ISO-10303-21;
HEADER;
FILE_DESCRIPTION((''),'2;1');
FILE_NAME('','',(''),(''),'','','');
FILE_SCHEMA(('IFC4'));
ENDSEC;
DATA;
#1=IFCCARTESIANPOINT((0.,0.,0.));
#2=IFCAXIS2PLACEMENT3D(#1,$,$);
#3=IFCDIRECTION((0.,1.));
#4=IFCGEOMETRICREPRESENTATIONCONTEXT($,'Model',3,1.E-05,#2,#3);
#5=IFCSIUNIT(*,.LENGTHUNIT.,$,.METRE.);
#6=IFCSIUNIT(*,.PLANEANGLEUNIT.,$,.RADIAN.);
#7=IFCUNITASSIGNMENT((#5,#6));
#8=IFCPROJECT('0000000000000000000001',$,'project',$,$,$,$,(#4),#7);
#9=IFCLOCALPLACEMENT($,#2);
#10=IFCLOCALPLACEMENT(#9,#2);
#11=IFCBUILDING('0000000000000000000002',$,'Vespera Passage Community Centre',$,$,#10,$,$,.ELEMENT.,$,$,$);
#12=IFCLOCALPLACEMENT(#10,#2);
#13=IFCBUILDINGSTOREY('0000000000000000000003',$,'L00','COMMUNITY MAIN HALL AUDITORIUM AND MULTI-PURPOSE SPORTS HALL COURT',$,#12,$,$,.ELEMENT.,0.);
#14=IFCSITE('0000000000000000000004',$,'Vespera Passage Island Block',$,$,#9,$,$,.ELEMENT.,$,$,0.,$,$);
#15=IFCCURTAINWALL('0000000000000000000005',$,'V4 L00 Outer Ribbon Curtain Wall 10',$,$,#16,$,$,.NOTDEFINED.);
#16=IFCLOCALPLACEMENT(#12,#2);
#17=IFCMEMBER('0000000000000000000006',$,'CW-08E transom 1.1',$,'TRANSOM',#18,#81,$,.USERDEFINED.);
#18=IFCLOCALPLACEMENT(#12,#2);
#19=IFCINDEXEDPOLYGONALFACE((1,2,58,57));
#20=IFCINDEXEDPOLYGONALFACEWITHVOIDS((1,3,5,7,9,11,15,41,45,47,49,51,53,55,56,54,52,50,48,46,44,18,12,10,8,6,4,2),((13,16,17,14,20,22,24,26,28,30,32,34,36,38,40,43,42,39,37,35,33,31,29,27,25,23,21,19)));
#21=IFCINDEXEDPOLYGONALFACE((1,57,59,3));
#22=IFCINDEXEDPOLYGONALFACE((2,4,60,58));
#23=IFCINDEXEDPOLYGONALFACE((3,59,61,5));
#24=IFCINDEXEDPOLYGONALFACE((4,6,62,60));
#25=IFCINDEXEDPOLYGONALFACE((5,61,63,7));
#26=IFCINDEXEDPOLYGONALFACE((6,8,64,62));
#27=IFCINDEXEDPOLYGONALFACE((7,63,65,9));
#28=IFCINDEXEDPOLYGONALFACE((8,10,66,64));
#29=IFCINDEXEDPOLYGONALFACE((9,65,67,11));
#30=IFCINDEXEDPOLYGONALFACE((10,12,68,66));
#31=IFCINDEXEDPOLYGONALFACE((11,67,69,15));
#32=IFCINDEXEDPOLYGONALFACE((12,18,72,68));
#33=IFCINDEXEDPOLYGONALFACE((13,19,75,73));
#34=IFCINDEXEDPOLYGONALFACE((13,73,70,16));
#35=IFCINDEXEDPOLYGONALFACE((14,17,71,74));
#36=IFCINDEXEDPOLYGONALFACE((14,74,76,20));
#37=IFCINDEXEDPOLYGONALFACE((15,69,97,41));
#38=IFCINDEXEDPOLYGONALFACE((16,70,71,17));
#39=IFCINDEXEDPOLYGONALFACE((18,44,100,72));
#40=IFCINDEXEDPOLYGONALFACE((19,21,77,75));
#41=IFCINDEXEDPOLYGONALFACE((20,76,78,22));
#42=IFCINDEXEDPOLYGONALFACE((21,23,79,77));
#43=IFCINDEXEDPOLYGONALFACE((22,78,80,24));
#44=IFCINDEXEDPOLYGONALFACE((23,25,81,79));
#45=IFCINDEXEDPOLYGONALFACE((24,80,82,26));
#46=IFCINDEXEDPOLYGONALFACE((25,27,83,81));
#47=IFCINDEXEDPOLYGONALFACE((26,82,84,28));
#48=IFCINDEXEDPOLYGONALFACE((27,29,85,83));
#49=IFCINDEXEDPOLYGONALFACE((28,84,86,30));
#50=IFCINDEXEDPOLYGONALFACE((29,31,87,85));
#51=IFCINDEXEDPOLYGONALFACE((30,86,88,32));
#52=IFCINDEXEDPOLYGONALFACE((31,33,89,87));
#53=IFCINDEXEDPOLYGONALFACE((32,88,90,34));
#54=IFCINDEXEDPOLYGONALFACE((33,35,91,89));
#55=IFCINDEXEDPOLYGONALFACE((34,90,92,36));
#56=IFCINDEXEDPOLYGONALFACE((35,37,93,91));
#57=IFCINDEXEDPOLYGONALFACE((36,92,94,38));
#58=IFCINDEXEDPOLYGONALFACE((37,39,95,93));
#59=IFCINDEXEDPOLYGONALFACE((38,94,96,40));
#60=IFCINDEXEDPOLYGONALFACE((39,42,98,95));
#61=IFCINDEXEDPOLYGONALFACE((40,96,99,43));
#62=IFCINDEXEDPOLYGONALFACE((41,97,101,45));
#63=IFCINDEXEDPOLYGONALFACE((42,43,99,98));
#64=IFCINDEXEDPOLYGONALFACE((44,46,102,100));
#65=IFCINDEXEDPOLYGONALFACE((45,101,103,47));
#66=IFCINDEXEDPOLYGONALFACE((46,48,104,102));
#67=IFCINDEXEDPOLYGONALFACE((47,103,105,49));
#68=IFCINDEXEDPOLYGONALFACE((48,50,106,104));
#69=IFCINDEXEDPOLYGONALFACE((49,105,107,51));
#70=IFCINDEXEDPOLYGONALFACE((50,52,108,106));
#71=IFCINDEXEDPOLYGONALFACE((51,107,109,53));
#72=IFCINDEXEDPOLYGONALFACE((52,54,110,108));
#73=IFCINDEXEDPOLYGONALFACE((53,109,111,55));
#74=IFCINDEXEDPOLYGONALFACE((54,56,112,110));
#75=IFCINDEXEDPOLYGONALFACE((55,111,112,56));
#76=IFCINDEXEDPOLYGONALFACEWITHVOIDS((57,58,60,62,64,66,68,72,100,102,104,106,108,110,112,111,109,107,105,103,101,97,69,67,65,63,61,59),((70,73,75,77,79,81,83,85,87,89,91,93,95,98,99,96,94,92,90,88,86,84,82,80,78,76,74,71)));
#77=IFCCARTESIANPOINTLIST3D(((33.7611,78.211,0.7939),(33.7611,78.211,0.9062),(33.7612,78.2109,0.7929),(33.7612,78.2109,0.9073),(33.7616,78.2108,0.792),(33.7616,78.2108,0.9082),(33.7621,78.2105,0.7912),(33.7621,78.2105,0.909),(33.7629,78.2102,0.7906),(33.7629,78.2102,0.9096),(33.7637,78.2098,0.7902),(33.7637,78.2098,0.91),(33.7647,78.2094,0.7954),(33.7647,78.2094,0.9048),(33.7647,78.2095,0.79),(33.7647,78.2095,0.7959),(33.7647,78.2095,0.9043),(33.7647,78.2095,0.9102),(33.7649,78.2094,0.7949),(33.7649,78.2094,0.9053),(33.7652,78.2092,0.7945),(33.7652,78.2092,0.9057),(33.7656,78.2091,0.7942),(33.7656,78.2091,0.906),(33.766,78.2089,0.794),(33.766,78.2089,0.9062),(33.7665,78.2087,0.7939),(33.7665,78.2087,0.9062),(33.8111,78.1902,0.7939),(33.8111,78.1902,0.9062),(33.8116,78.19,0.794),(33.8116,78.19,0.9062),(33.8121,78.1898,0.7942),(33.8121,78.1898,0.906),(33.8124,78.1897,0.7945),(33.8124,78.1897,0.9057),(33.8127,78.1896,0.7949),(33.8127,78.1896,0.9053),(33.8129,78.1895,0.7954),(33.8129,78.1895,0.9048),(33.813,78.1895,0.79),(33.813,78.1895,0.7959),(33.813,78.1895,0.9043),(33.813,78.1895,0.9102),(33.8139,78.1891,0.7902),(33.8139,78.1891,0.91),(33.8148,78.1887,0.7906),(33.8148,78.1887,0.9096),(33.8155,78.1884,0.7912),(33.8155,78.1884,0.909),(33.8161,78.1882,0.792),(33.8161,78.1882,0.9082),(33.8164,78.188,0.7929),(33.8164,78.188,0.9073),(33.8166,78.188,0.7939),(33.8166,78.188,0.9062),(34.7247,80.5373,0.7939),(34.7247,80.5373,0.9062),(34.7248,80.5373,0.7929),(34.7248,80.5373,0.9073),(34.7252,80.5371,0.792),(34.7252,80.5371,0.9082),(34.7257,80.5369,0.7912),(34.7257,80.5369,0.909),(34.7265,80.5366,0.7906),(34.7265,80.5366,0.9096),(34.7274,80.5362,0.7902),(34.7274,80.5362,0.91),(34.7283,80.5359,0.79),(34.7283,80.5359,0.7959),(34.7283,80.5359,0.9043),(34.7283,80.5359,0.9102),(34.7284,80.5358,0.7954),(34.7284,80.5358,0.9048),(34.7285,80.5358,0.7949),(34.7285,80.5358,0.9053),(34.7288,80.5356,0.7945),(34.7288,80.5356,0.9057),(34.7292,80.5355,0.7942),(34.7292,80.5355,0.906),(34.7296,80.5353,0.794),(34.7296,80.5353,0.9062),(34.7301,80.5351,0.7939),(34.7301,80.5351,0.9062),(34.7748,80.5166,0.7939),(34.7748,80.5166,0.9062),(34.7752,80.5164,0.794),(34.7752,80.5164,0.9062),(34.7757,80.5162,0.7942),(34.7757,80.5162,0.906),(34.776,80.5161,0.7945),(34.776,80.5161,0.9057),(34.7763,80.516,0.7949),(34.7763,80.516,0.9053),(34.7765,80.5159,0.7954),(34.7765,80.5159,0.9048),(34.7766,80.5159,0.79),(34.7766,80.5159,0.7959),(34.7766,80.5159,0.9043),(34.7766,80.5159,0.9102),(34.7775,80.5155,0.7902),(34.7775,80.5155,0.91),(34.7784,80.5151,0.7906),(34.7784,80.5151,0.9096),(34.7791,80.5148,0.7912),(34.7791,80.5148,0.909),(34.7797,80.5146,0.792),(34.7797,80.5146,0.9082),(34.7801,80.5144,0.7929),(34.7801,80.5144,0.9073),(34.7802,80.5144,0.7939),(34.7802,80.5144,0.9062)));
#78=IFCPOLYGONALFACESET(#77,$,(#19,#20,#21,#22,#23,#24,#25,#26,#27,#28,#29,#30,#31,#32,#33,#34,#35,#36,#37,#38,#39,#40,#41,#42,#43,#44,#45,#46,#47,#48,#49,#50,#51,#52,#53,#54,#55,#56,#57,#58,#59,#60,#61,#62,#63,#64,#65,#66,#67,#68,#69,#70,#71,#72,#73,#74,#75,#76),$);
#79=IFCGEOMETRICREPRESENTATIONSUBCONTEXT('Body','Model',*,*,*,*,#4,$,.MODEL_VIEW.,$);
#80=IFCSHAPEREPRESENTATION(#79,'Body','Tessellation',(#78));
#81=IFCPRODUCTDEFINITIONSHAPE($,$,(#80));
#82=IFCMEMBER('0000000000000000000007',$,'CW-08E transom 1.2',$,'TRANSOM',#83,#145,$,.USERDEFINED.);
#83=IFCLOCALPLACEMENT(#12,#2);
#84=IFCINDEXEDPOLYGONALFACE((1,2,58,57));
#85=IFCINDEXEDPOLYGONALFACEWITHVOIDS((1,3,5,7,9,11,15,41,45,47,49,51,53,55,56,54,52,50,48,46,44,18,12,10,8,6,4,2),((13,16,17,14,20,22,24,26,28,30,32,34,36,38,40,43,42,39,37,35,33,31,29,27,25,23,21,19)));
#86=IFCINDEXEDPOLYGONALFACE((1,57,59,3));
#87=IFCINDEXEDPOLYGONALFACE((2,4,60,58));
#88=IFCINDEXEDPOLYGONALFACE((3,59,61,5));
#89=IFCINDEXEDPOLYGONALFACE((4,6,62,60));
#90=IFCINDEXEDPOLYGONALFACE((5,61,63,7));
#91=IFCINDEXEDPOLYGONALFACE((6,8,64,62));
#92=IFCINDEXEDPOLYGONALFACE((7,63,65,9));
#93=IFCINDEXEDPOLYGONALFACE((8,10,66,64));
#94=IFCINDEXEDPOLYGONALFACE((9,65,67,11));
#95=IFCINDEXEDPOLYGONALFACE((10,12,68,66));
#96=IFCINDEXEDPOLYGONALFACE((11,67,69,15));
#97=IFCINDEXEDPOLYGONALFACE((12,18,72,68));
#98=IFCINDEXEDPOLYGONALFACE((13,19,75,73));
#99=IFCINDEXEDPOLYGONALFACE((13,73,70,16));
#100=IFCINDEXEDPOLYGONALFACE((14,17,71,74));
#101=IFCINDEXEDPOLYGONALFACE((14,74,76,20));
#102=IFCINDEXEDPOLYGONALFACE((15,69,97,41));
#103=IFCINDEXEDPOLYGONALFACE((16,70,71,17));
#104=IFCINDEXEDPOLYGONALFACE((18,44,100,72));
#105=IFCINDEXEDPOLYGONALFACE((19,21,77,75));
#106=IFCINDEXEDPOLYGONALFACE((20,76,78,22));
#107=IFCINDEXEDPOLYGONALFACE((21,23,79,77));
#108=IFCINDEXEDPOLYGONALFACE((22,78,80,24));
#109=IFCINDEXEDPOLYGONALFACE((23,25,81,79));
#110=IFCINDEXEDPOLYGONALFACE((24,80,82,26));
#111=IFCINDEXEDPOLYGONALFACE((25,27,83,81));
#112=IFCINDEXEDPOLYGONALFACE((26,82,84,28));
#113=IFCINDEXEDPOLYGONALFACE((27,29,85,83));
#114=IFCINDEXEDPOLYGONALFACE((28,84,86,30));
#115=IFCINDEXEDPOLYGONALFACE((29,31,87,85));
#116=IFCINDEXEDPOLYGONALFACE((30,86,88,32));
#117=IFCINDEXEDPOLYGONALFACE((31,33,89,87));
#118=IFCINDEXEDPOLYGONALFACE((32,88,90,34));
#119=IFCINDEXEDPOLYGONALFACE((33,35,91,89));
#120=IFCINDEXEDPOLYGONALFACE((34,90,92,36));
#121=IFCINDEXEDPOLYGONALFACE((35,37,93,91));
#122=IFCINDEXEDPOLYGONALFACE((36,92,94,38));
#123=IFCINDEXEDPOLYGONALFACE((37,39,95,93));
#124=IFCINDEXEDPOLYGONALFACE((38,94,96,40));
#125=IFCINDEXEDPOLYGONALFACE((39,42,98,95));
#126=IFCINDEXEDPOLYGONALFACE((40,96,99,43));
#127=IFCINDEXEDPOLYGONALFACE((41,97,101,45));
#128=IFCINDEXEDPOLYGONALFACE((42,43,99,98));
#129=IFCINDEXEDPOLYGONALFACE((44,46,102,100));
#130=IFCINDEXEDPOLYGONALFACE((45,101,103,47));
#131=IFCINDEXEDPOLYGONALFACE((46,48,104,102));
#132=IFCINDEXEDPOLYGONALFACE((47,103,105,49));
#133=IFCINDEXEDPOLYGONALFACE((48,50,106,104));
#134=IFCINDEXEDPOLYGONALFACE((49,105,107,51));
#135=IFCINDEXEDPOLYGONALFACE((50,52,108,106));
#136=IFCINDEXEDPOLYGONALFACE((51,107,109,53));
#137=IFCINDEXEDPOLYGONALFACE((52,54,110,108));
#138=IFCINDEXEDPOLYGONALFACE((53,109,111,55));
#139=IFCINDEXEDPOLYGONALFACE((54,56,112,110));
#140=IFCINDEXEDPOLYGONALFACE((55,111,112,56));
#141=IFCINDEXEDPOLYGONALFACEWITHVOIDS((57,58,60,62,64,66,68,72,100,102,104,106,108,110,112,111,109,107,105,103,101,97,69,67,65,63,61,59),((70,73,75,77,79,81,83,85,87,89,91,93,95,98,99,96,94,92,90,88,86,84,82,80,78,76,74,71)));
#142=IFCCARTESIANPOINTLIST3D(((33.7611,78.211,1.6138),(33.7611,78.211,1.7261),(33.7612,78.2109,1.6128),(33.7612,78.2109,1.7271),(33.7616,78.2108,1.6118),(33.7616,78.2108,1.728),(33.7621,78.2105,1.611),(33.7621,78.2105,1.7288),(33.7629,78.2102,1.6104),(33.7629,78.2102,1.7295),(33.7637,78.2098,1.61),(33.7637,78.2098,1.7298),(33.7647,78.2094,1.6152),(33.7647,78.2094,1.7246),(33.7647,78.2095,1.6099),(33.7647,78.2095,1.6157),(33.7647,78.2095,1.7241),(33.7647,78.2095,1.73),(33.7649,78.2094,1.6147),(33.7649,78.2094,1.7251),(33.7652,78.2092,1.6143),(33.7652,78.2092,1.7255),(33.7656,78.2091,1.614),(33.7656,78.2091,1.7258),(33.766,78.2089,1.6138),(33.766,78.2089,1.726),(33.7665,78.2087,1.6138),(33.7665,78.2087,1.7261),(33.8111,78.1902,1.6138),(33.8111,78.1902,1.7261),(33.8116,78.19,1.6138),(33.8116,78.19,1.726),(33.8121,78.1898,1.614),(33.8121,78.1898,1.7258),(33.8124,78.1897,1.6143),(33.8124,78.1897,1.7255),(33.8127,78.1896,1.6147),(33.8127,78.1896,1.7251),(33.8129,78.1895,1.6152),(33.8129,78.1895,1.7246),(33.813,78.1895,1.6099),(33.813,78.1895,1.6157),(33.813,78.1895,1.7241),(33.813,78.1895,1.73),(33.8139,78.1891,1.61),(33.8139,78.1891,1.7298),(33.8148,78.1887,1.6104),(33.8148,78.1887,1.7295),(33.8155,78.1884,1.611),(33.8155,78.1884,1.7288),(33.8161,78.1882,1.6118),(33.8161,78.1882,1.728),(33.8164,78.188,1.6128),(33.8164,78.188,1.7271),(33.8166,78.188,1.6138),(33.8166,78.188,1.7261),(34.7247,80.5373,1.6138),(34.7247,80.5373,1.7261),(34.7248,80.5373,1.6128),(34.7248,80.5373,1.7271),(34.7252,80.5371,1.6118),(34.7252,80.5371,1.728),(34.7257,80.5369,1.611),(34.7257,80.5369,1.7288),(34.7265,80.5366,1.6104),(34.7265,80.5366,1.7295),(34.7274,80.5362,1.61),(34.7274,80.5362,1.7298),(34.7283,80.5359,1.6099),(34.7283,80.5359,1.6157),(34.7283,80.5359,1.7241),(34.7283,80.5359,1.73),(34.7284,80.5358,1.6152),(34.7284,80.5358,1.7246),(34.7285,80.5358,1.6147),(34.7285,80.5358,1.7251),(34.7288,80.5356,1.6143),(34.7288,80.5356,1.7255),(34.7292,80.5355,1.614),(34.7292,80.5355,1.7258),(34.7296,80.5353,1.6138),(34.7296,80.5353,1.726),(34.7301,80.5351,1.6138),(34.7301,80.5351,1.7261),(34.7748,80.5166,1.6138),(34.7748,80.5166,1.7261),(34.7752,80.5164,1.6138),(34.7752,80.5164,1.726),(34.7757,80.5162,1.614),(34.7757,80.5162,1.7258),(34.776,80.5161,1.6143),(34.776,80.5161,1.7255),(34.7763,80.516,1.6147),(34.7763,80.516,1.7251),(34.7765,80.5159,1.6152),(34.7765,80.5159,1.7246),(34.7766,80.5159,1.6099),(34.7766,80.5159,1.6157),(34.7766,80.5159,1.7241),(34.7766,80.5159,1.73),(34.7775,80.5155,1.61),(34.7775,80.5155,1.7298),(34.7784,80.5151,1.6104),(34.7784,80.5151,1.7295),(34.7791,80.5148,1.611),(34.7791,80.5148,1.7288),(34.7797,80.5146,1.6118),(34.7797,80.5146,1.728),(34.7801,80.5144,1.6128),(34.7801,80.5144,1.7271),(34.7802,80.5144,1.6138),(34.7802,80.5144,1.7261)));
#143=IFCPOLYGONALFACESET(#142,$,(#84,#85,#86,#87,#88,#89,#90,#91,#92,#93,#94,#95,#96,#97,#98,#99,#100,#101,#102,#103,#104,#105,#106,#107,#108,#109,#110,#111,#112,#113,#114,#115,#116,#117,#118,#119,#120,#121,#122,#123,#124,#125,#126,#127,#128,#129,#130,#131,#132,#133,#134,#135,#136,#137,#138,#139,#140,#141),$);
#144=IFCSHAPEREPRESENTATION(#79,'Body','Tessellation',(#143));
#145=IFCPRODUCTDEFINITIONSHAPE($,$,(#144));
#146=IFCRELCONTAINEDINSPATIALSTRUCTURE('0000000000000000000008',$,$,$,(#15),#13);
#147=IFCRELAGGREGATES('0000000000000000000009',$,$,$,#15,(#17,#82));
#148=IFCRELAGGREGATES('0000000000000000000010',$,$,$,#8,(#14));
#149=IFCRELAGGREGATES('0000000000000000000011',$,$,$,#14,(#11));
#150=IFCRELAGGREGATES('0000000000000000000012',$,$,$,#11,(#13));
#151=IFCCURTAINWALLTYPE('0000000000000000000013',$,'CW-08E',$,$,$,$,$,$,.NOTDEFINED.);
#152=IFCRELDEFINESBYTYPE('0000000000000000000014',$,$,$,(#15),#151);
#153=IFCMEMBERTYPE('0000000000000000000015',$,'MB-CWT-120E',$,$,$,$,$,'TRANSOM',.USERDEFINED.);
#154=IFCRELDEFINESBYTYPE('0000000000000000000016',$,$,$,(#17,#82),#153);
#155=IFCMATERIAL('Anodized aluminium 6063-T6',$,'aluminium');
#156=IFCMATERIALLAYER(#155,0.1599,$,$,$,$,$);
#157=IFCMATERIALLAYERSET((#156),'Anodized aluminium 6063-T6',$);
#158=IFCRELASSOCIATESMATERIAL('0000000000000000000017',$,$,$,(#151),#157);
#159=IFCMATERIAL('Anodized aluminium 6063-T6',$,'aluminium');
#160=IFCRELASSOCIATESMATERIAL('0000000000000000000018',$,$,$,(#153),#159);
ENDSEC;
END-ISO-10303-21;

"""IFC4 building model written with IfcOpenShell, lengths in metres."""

from ifc_helpers import new_model, si_unit, direction, frame, origin, origin_2d, place, context, subcontext, project, spatial, hollow_rectangle, extrude, material, layer, layer_set, material_profile, profile_set, type_object, element, aggregate, save


model = new_model("IFC4")

# Units and contexts
model_context = context("Model", 3, precision=1e-05, world=origin(), true_north=direction((0.0, 1.0)))
body_context = subcontext(model_context, "Body", "Model", "MODEL_VIEW")
ifc_project = project(units=[si_unit("LENGTHUNIT", "METRE"), si_unit("PLANEANGLEUNIT", "RADIAN")], contexts=[model_context])

# Site, building, storey
site_placement = place(None, origin())
site = spatial("IfcSite", under=ifc_project, at=site_placement, Name="Vespera Passage Island Block", CompositionType="ELEMENT", RefElevation=0.0)
building_placement = place(site_placement, origin())
building = spatial("IfcBuilding", under=site, at=building_placement, Name="Vespera Passage Community Centre", CompositionType="ELEMENT")
storey_placement = place(building_placement, origin())
storey = spatial("IfcBuildingStorey", under=building, at=storey_placement, Name="L00", Description="COMMUNITY MAIN HALL AUDITORIUM AND MULTI-PURPOSE SPORTS HALL COURT", CompositionType="ELEMENT", Elevation=0.0)

# Curtain wall, members
ifc_material_1 = material(Name="Anodized aluminium 6063-T6", Category="aluminium")
ifc_layer_1 = layer(ifc_material_1, 0.1599)
ifc_layer_set_1 = layer_set([ifc_layer_1], Name="Anodized aluminium 6063-T6")
curtain_wall_type_1 = type_object("IfcCurtainWallType", Name="CW-08E", PredefinedType="NOTDEFINED", material=ifc_layer_set_1)
curtain_wall_1_placement = place(storey_placement, origin())
curtain_wall_1 = element("IfcCurtainWall", 1, at=curtain_wall_1_placement, inside=storey, type_object=curtain_wall_type_1, Name="V4 L00 Outer Ribbon Curtain Wall 10", PredefinedType="NOTDEFINED")
ifc_material_2 = material(Name="Anodized aluminium 6063-T6", Category="aluminium")
ifc_material_profile_1 = material_profile(ifc_material_2, hollow_rectangle(XDim=0.0601, YDim=0.1201, WallThickness=0.0039, InnerFilletRadius=0.002, OuterFilletRadius=0.0039, at=origin_2d()), Name="ALU120X60X4")
ifc_profile_set_1 = profile_set([ifc_material_profile_1], Name="Anodized aluminium 6063-T6")
member_type_1 = type_object("IfcMemberType", Name="MB-CWT-120E", ElementType="TRANSOM", PredefinedType="USERDEFINED", material=ifc_profile_set_1)
member_1_placement = place(storey_placement, frame((33.7888, 78.1995, 0.8501), z_axis=(0.38268, 0.923881, 0.0), x_axis=(-0.923881, 0.38268, 0.0)))
member_1 = element("IfcMember", 2, at=member_1_placement, type_object=member_type_1, Name="CW-08E transom 1.1", ObjectType="TRANSOM", PredefinedType="USERDEFINED", context=body_context, shape_type="SweptSolid", body=[
    extrude(hollow_rectangle(XDim=0.0601, YDim=0.1201, WallThickness=0.0039, InnerFilletRadius=0.002, OuterFilletRadius=0.0039, at=origin_2d()), origin(), (0.0, 0.0, 1.0), 2.5181),
])
member_2_placement = place(storey_placement, frame((33.7888, 78.1995, 1.6699), z_axis=(0.38268, 0.923881, 0.0), x_axis=(-0.923881, 0.38268, 0.0)))
member_2 = element("IfcMember", 3, at=member_2_placement, type_object=member_type_1, Name="CW-08E transom 1.2", ObjectType="TRANSOM", PredefinedType="USERDEFINED", context=body_context, shape_type="SweptSolid", body=[
    extrude(hollow_rectangle(XDim=0.0601, YDim=0.1201, WallThickness=0.0039, InnerFilletRadius=0.002, OuterFilletRadius=0.0039, at=origin_2d()), origin(), (0.0, 0.0, 1.0), 2.5181),
])

aggregate(curtain_wall_1, [member_1, member_2])

save(model, "model.ifc")
